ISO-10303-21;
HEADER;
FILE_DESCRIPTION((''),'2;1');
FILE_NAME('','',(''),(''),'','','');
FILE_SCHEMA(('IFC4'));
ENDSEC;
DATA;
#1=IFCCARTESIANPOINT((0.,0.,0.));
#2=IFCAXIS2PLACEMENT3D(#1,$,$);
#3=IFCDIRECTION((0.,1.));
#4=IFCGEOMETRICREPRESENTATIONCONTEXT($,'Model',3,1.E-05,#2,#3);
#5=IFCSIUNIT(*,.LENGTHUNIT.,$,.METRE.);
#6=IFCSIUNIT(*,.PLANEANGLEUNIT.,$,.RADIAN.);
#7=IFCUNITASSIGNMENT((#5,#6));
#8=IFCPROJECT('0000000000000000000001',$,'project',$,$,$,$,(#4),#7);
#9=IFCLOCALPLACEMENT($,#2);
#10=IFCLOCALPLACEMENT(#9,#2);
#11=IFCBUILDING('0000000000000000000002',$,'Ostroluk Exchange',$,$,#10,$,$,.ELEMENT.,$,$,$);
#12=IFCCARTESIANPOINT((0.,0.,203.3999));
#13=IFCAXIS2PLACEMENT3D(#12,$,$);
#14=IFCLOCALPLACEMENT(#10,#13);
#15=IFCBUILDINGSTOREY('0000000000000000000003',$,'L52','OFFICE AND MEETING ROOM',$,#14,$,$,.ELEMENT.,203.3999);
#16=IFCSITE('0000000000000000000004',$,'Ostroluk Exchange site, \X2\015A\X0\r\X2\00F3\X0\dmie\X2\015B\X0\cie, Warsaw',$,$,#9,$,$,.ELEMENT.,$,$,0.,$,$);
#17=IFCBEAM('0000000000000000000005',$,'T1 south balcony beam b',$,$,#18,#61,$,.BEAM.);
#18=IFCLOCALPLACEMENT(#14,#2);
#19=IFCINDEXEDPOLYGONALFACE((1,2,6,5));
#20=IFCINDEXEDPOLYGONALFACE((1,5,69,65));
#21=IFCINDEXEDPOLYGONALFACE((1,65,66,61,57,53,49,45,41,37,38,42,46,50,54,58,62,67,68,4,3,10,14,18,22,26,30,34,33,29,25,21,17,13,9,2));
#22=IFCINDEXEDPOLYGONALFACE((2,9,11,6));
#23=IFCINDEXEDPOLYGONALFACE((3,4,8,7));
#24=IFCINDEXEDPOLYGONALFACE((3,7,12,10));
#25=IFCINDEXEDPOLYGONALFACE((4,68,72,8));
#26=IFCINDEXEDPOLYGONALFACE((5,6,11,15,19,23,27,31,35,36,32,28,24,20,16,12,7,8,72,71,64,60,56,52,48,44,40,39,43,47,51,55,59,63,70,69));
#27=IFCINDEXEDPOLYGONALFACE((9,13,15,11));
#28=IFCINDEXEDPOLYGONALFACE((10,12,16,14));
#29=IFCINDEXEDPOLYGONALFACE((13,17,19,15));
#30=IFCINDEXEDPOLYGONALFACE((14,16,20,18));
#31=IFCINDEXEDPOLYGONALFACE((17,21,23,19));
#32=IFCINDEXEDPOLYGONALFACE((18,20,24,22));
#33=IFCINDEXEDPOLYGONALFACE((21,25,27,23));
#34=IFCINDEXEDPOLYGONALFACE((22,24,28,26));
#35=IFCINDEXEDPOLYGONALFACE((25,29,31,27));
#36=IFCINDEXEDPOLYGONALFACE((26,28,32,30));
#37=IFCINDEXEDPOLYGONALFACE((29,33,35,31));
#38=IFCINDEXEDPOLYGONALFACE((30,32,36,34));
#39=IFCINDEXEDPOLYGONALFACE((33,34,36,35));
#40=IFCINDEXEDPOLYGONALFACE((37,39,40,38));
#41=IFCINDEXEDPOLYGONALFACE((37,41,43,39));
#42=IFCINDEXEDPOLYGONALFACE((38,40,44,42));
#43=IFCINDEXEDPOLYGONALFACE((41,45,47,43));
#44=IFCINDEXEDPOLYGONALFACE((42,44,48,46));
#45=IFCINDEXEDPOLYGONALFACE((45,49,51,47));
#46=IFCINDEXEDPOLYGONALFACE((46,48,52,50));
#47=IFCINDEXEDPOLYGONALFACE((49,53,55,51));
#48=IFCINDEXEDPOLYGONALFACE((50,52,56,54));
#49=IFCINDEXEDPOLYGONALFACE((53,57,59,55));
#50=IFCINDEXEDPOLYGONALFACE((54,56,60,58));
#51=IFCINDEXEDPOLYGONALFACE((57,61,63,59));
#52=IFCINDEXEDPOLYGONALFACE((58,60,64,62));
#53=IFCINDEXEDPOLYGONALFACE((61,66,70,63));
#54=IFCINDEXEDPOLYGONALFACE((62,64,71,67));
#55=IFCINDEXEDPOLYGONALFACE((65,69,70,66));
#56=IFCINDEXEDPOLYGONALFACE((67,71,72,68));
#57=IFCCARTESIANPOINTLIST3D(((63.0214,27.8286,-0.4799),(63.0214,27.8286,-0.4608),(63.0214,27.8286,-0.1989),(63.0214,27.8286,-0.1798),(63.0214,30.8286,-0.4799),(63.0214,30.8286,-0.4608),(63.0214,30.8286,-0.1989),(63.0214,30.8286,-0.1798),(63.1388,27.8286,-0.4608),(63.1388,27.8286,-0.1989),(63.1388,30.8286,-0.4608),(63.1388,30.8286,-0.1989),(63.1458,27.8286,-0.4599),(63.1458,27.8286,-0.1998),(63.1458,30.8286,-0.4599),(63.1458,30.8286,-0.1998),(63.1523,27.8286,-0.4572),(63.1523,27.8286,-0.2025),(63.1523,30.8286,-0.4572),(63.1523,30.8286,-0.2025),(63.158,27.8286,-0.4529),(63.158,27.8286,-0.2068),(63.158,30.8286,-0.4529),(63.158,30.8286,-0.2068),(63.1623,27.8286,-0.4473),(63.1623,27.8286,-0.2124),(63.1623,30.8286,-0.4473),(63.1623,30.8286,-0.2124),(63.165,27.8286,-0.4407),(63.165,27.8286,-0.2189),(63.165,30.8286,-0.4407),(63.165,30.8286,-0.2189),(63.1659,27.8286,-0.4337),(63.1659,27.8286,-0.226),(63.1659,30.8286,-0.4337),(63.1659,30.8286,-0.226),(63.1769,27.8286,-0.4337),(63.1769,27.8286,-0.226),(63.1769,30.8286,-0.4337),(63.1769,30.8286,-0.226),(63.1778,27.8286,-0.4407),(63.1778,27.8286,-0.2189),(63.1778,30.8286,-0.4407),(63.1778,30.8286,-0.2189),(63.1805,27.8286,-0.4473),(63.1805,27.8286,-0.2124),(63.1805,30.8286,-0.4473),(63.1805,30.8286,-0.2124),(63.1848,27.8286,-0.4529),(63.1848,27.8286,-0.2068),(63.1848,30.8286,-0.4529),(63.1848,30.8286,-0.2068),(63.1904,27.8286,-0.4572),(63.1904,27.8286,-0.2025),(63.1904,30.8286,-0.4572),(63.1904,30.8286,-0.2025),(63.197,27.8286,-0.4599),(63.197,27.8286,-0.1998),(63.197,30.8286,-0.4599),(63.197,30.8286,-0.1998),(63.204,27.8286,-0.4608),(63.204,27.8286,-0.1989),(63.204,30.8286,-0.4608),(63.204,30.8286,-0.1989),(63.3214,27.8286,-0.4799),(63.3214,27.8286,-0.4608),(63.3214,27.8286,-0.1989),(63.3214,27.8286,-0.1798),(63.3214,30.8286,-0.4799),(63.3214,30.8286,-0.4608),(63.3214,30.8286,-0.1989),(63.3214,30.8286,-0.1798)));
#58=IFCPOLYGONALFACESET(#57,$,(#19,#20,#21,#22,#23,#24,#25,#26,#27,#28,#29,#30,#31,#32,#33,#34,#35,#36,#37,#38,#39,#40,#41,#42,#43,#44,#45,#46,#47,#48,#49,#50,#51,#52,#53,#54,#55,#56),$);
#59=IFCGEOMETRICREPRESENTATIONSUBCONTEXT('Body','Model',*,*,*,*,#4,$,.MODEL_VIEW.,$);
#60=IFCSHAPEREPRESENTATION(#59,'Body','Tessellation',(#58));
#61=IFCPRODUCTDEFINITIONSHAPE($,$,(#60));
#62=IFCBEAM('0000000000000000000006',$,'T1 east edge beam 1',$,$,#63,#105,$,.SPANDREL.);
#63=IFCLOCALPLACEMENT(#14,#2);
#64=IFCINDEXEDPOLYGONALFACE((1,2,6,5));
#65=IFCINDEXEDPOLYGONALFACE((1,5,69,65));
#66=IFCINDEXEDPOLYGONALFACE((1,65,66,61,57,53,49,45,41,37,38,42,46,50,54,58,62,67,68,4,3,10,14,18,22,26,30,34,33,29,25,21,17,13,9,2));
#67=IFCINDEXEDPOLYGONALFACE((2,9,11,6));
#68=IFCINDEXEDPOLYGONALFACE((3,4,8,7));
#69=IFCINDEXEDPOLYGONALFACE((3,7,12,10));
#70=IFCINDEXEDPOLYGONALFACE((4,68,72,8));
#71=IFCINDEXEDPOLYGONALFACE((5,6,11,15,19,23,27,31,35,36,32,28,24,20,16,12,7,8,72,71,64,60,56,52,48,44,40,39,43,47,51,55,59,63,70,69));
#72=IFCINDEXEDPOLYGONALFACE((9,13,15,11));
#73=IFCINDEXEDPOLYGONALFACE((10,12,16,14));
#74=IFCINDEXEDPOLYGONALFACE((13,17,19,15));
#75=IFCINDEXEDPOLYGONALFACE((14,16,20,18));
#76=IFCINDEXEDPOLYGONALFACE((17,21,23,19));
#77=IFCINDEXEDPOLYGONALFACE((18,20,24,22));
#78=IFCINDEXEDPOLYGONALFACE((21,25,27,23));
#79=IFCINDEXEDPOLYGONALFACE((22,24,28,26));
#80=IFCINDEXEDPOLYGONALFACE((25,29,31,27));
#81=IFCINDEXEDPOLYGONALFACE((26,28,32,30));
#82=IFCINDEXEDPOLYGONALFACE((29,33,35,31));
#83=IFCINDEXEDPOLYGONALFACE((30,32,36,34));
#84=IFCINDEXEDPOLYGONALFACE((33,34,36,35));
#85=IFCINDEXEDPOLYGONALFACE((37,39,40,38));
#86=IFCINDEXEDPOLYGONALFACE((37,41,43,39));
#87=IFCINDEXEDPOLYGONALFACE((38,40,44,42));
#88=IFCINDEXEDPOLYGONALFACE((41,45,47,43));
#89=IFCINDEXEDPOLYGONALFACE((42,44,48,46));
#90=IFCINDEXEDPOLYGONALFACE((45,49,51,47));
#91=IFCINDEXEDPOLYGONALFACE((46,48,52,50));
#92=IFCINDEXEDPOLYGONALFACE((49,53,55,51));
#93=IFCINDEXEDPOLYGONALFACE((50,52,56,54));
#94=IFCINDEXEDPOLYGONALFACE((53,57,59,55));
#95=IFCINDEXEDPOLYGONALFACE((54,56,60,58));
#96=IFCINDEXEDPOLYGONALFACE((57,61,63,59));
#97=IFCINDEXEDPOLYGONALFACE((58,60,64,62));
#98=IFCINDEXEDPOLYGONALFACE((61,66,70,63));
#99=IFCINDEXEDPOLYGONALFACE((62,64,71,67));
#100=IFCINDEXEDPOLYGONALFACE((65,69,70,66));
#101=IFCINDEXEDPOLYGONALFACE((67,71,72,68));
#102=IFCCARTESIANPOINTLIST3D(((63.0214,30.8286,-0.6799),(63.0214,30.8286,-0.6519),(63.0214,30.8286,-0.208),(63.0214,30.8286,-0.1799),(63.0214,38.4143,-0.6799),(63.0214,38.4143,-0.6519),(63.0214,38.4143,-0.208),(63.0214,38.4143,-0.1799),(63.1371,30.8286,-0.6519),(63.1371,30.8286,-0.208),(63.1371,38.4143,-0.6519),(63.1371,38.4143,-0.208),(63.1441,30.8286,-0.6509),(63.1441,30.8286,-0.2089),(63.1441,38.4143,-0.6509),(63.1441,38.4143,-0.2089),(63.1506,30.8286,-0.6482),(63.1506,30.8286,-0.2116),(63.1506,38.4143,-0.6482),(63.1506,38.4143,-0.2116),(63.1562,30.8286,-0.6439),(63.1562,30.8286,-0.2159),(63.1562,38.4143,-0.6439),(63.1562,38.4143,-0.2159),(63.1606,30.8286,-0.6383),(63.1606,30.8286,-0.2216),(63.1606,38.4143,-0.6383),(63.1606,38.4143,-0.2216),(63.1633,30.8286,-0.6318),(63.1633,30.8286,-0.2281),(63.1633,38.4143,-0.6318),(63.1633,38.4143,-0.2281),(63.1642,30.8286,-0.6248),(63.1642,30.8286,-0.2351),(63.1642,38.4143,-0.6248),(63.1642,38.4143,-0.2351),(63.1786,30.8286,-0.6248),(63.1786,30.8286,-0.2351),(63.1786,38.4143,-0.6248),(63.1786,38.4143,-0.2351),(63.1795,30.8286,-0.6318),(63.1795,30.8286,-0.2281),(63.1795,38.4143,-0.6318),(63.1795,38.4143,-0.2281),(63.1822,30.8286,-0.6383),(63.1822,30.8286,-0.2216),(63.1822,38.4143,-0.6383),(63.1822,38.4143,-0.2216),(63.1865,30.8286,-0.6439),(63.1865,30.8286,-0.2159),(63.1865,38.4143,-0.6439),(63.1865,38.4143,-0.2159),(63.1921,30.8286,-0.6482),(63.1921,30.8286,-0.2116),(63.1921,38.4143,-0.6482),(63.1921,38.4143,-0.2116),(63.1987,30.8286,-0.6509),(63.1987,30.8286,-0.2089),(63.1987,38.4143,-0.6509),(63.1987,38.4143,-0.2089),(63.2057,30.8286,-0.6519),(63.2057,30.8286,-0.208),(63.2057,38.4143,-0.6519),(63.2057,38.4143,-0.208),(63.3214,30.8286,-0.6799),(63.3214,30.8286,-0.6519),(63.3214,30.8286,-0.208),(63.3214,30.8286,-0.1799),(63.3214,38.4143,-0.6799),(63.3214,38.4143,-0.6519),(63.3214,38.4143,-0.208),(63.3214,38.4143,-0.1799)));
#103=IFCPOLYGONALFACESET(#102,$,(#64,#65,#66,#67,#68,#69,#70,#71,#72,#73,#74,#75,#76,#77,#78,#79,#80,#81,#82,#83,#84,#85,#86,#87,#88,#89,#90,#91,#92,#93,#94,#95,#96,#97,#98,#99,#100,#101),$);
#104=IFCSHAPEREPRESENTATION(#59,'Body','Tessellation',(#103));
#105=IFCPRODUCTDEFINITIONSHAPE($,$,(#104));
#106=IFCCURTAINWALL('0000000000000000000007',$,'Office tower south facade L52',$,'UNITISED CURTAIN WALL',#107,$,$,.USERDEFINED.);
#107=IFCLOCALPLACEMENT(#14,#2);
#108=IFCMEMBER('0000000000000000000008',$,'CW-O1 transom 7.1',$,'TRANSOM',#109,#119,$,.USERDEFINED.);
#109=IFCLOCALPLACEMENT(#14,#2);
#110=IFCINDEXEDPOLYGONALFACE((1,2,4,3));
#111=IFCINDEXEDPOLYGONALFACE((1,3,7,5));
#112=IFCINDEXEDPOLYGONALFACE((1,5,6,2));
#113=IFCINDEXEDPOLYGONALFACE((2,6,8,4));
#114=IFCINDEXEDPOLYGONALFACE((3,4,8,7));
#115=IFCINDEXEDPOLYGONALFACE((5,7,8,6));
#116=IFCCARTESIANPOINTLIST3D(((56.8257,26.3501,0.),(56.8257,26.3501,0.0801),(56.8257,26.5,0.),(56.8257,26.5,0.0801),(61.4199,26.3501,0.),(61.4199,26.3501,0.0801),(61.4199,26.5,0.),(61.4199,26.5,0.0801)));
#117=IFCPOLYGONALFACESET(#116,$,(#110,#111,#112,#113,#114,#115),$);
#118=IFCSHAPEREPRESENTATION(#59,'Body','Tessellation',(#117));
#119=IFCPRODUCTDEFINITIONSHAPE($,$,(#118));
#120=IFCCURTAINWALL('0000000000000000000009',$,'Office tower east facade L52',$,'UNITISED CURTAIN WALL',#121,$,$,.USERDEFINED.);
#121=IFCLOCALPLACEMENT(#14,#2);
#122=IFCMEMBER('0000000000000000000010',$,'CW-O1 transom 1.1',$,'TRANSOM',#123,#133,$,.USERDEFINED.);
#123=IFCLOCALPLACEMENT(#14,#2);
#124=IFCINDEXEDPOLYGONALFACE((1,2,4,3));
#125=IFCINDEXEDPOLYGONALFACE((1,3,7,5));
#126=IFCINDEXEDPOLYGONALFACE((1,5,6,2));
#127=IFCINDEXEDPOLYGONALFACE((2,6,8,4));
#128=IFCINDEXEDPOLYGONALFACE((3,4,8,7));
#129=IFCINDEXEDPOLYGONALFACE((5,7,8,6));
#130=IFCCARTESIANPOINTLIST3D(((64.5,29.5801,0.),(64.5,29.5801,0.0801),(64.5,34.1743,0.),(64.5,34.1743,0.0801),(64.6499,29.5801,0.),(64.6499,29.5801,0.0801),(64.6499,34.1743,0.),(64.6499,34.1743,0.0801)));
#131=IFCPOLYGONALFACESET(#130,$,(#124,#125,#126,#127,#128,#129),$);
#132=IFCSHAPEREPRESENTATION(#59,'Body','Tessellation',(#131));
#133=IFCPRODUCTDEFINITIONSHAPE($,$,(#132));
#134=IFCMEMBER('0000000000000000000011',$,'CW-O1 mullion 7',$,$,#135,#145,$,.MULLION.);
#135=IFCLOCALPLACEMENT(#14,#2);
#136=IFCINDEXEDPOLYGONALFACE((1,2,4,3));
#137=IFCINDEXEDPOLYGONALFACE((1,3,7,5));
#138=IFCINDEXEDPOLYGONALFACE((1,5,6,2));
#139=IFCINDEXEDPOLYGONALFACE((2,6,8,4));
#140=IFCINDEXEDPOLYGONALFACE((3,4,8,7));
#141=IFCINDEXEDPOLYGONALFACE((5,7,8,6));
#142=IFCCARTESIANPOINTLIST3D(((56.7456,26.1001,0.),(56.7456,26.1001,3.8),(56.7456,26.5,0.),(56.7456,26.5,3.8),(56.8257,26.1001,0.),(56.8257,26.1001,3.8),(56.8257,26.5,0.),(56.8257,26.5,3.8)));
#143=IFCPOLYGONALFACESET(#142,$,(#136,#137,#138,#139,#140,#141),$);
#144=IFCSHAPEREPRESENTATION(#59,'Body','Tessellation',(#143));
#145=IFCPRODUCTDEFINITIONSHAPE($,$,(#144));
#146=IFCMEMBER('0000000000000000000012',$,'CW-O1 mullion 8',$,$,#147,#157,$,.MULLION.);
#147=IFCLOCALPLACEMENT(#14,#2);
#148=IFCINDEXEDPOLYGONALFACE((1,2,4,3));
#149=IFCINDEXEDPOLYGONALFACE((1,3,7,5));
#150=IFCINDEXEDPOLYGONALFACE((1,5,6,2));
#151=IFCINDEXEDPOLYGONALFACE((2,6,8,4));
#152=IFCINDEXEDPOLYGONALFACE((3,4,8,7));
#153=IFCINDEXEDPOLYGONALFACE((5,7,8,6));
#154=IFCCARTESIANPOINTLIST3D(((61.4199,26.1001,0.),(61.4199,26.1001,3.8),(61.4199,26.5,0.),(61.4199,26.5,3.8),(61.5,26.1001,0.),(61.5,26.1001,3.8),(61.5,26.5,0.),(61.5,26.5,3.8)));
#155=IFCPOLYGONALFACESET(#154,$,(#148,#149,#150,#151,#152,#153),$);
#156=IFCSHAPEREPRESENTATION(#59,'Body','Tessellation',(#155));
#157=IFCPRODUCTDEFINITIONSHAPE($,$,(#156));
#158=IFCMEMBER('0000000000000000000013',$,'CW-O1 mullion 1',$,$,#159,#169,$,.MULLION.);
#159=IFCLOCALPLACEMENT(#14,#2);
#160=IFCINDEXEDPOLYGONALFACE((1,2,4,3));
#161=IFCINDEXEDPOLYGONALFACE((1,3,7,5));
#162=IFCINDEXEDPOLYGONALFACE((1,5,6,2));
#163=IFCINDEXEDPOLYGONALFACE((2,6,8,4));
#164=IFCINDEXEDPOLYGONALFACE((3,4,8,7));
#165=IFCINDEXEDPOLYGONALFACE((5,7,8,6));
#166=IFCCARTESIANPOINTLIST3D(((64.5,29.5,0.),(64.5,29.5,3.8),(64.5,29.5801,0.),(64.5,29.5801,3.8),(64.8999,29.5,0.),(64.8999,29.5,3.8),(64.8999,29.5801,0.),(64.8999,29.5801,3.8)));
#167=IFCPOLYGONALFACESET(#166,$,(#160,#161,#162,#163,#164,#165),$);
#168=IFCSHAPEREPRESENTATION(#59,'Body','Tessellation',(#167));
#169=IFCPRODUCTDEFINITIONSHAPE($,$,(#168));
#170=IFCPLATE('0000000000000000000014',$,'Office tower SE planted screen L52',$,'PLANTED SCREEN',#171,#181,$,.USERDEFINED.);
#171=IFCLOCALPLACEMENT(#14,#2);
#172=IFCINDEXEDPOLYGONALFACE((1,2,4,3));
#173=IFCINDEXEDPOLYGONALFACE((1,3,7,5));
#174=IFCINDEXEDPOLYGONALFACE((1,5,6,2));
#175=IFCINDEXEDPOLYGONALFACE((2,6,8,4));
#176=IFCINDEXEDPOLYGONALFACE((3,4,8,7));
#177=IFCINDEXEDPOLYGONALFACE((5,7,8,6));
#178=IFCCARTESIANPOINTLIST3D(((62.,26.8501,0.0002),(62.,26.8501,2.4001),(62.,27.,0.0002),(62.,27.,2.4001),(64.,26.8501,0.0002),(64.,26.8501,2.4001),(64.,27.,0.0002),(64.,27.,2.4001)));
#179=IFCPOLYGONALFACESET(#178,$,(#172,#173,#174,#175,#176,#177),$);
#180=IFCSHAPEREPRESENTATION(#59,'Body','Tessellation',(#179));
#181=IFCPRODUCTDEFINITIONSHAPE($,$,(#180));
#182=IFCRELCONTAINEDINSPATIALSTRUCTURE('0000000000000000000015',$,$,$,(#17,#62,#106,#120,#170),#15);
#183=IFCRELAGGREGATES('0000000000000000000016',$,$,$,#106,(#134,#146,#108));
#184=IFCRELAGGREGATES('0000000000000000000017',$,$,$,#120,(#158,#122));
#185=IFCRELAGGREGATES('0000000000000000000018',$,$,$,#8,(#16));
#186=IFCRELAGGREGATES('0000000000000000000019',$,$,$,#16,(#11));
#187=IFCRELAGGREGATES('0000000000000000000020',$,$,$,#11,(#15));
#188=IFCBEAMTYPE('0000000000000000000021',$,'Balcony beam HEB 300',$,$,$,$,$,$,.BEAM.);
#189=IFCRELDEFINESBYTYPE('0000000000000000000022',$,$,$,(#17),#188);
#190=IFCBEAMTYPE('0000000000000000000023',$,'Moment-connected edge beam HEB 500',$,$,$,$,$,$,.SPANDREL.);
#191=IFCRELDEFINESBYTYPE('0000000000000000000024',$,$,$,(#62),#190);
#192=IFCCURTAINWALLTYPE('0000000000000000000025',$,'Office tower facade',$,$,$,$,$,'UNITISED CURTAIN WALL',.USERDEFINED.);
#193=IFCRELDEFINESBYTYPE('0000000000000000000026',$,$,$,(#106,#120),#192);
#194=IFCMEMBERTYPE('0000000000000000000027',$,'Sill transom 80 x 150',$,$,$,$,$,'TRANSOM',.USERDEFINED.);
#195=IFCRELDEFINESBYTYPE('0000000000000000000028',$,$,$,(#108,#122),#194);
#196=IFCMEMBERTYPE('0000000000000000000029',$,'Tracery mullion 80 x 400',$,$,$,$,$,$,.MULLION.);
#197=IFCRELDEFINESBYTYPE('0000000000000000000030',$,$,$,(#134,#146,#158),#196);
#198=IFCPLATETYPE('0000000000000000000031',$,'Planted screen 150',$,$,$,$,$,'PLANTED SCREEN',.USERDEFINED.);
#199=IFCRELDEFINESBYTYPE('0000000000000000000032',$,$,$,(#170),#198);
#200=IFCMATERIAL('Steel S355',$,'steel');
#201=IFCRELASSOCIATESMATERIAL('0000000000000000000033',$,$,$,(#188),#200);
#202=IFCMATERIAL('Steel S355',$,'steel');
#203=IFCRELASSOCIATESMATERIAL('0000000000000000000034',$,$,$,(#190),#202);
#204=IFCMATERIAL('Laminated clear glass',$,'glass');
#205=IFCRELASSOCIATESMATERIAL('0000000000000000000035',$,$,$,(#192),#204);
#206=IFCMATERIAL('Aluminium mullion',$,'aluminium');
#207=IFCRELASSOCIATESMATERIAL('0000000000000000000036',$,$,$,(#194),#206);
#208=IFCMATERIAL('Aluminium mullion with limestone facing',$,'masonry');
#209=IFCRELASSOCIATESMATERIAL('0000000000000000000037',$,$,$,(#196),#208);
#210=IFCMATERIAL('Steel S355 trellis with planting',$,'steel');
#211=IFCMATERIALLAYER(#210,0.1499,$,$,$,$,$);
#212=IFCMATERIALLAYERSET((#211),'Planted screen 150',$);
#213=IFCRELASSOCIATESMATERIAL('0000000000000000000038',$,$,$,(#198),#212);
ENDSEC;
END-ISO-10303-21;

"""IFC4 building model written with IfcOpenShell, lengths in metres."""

from ifc_helpers import new_model, si_unit, direction, frame, origin, origin_2d, place, context, subcontext, project, spatial, rectangle, i_section, extrude, material, layer, layer_set, material_profile, profile_set, type_object, element, aggregate, save


model = new_model("IFC4")

# Units and contexts
model_context = context("Model", 3, precision=1e-05, world=origin(), true_north=direction((0.0, 1.0)))
body_context = subcontext(model_context, "Body", "Model", "MODEL_VIEW")
ifc_project = project(units=[si_unit("LENGTHUNIT", "METRE"), si_unit("PLANEANGLEUNIT", "RADIAN")], contexts=[model_context])

# Site, building, storey
site_placement = place(None, origin())
site = spatial("IfcSite", under=ifc_project, at=site_placement, Name="Ostroluk Exchange site, Śródmieście, Warsaw", CompositionType="ELEMENT", RefElevation=0.0)
building_placement = place(site_placement, origin())
building = spatial("IfcBuilding", under=site, at=building_placement, Name="Ostroluk Exchange", CompositionType="ELEMENT")
storey_placement = place(building_placement, frame((0.0, 0.0, 203.3999)))
storey = spatial("IfcBuildingStorey", under=building, at=storey_placement, Name="L52", Description="OFFICE AND MEETING ROOM", CompositionType="ELEMENT", Elevation=203.3999)

# Beams
ifc_material_1 = material(Name="Steel S355", Category="steel")
ifc_material_profile_1 = material_profile(ifc_material_1, i_section(OverallWidth=0.3, OverallDepth=0.3, WebThickness=0.011, FlangeThickness=0.019, FilletRadius=0.0271, at=origin_2d()), Name="HEB 300")
ifc_profile_set_1 = profile_set([ifc_material_profile_1], Name="Steel S355")
beam_type_1 = type_object("IfcBeamType", Name="Balcony beam HEB 300", PredefinedType="BEAM", material=ifc_profile_set_1)
for number, where, z_axis, x_axis, name in (
    (1, (63.1714, 30.8286, -0.3298), (0.0, -1.0, 0.0), (1.0, 0.0, 0.0), "T1 south balcony beam b"),
):
    element("IfcBeam", number, at=place(storey_placement, frame(where, z_axis=z_axis, x_axis=x_axis)), inside=storey, type_object=beam_type_1, Name=name, PredefinedType="BEAM", context=body_context, shape_type="SweptSolid", body=[
        extrude(i_section(OverallWidth=0.3, OverallDepth=0.3, WebThickness=0.011, FlangeThickness=0.019, FilletRadius=0.0271, at=origin_2d()), origin(), (0.0, 0.0, 1.0), 3.0),
    ])
ifc_material_2 = material(Name="Steel S355", Category="steel")
ifc_material_profile_2 = material_profile(ifc_material_2, i_section(OverallWidth=0.3, OverallDepth=0.5, WebThickness=0.0144, FlangeThickness=0.0281, FilletRadius=0.0271, at=origin_2d()), Name="HEB 500")
ifc_profile_set_2 = profile_set([ifc_material_profile_2], Name="Steel S355")
beam_type_2 = type_object("IfcBeamType", Name="Moment-connected edge beam HEB 500", PredefinedType="SPANDREL", material=ifc_profile_set_2)
beam_placement = place(storey_placement, frame((63.1714, 30.8286, -0.4299), z_axis=(0.0, 1.0, 0.0), x_axis=(-1.0, 0.0, 0.0)))
element("IfcBeam", 2, at=beam_placement, inside=storey, type_object=beam_type_2, Name="T1 east edge beam 1", PredefinedType="SPANDREL", context=body_context, shape_type="SweptSolid", body=[
    extrude(i_section(OverallWidth=0.3, OverallDepth=0.5, WebThickness=0.0144, FlangeThickness=0.0281, FilletRadius=0.0271, at=origin_2d()), origin(), (0.0, 0.0, 1.0), 7.5857),
])

# Curtain walls, members
ifc_material_3 = material(Name="Laminated clear glass", Category="glass")
curtain_wall_type = type_object("IfcCurtainWallType", Name="Office tower facade", ElementType="UNITISED CURTAIN WALL", PredefinedType="USERDEFINED", material=ifc_material_3)
curtain_wall_1_placement = place(storey_placement, origin())
curtain_wall_1 = element("IfcCurtainWall", 3, at=curtain_wall_1_placement, inside=storey, type_object=curtain_wall_type, Name="Office tower south facade L52", ObjectType="UNITISED CURTAIN WALL", PredefinedType="USERDEFINED")
ifc_material_4 = material(Name="Aluminium mullion", Category="aluminium")
ifc_material_profile_3 = material_profile(ifc_material_4, rectangle(XDim=0.1499, YDim=0.0801, at=origin_2d()), Name="Sill transom 80 x 150")
ifc_profile_set_3 = profile_set([ifc_material_profile_3], Name="Aluminium mullion")
member_type_1 = type_object("IfcMemberType", Name="Sill transom 80 x 150", ElementType="TRANSOM", PredefinedType="USERDEFINED", material=ifc_profile_set_3)
member_1_placement = place(storey_placement, frame((56.8257, 26.425, 0.04), z_axis=(1.0, 0.0, 0.0), x_axis=(0.0, 1.0, 0.0)))
member_1 = element("IfcMember", 4, at=member_1_placement, type_object=member_type_1, Name="CW-O1 transom 7.1", ObjectType="TRANSOM", PredefinedType="USERDEFINED", context=body_context, shape_type="SweptSolid", body=[
    extrude(rectangle(XDim=0.1499, YDim=0.0801, at=origin_2d()), origin(), (0.0, 0.0, 1.0), 4.5942),
])
curtain_wall_2_placement = place(storey_placement, origin())
curtain_wall_2 = element("IfcCurtainWall", 5, at=curtain_wall_2_placement, inside=storey, type_object=curtain_wall_type, Name="Office tower east facade L52", ObjectType="UNITISED CURTAIN WALL", PredefinedType="USERDEFINED")
member_2_placement = place(storey_placement, frame((64.575, 29.5801, 0.04), z_axis=(0.0, 1.0, 0.0), x_axis=(-1.0, 0.0, 0.0)))
member_2 = element("IfcMember", 6, at=member_2_placement, type_object=member_type_1, Name="CW-O1 transom 1.1", ObjectType="TRANSOM", PredefinedType="USERDEFINED", context=body_context, shape_type="SweptSolid", body=[
    extrude(rectangle(XDim=0.1499, YDim=0.0801, at=origin_2d()), origin(), (0.0, 0.0, 1.0), 4.5942),
])

# Members
ifc_material_5 = material(Name="Aluminium mullion with limestone facing", Category="masonry")
ifc_material_profile_4 = material_profile(ifc_material_5, rectangle(XDim=0.3999, YDim=0.0801, at=origin_2d()), Name="Tracery mullion 80 x 400")
ifc_profile_set_4 = profile_set([ifc_material_profile_4], Name="Aluminium mullion with limestone facing")
member_type_2 = type_object("IfcMemberType", Name="Tracery mullion 80 x 400", PredefinedType="MULLION", material=ifc_profile_set_4)
member_3_placement = place(storey_placement, frame((56.7856, 26.3, 0.0), z_axis=(0.0, 0.0, 1.0), x_axis=(0.0, 1.0, 0.0)))
member_3 = element("IfcMember", 7, at=member_3_placement, type_object=member_type_2, Name="CW-O1 mullion 7", PredefinedType="MULLION", context=body_context, shape_type="SweptSolid", body=[
    extrude(rectangle(XDim=0.3999, YDim=0.0801, at=origin_2d()), origin(), (0.0, 0.0, 1.0), 3.8),
])
member_4_placement = place(storey_placement, frame((61.46, 26.3, 0.0), z_axis=(0.0, 0.0, 1.0), x_axis=(0.0, 1.0, 0.0)))
member_4 = element("IfcMember", 8, at=member_4_placement, type_object=member_type_2, Name="CW-O1 mullion 8", PredefinedType="MULLION", context=body_context, shape_type="SweptSolid", body=[
    extrude(rectangle(XDim=0.3999, YDim=0.0801, at=origin_2d()), origin(), (0.0, 0.0, 1.0), 3.8),
])
member_5_placement = place(storey_placement, frame((64.7, 29.54, 0.0), z_axis=(0.0, 0.0, 1.0), x_axis=(-1.0, 0.0, 0.0)))
member_5 = element("IfcMember", 9, at=member_5_placement, type_object=member_type_2, Name="CW-O1 mullion 1", PredefinedType="MULLION", context=body_context, shape_type="SweptSolid", body=[
    extrude(rectangle(XDim=0.3999, YDim=0.0801, at=origin_2d()), origin(), (0.0, 0.0, 1.0), 3.8),
])

# Plate
ifc_material_6 = material(Name="Steel S355 trellis with planting", Category="steel")
ifc_layer_1 = layer(ifc_material_6, 0.1499)
ifc_layer_set_1 = layer_set([ifc_layer_1], Name="Planted screen 150")
plate_type_1 = type_object("IfcPlateType", Name="Planted screen 150", ElementType="PLANTED SCREEN", PredefinedType="USERDEFINED", material=ifc_layer_set_1)
plate_1_placement = place(storey_placement, frame((63.0, 26.925, 0.0002), z_axis=(0.0, 0.0, 1.0), x_axis=(1.0, 0.0, 0.0)))
element("IfcPlate", 10, at=plate_1_placement, inside=storey, type_object=plate_type_1, Name="Office tower SE planted screen L52", ObjectType="PLANTED SCREEN", PredefinedType="USERDEFINED", context=body_context, shape_type="SweptSolid", body=[
    extrude(rectangle(XDim=2.0, YDim=0.1499, at=origin_2d()), origin(), (0.0, 0.0, 1.0), 2.3999),
])
aggregate(curtain_wall_1, [member_3, member_4, member_1])
aggregate(curtain_wall_2, [member_5, member_2])

save(model, "model.ifc")
